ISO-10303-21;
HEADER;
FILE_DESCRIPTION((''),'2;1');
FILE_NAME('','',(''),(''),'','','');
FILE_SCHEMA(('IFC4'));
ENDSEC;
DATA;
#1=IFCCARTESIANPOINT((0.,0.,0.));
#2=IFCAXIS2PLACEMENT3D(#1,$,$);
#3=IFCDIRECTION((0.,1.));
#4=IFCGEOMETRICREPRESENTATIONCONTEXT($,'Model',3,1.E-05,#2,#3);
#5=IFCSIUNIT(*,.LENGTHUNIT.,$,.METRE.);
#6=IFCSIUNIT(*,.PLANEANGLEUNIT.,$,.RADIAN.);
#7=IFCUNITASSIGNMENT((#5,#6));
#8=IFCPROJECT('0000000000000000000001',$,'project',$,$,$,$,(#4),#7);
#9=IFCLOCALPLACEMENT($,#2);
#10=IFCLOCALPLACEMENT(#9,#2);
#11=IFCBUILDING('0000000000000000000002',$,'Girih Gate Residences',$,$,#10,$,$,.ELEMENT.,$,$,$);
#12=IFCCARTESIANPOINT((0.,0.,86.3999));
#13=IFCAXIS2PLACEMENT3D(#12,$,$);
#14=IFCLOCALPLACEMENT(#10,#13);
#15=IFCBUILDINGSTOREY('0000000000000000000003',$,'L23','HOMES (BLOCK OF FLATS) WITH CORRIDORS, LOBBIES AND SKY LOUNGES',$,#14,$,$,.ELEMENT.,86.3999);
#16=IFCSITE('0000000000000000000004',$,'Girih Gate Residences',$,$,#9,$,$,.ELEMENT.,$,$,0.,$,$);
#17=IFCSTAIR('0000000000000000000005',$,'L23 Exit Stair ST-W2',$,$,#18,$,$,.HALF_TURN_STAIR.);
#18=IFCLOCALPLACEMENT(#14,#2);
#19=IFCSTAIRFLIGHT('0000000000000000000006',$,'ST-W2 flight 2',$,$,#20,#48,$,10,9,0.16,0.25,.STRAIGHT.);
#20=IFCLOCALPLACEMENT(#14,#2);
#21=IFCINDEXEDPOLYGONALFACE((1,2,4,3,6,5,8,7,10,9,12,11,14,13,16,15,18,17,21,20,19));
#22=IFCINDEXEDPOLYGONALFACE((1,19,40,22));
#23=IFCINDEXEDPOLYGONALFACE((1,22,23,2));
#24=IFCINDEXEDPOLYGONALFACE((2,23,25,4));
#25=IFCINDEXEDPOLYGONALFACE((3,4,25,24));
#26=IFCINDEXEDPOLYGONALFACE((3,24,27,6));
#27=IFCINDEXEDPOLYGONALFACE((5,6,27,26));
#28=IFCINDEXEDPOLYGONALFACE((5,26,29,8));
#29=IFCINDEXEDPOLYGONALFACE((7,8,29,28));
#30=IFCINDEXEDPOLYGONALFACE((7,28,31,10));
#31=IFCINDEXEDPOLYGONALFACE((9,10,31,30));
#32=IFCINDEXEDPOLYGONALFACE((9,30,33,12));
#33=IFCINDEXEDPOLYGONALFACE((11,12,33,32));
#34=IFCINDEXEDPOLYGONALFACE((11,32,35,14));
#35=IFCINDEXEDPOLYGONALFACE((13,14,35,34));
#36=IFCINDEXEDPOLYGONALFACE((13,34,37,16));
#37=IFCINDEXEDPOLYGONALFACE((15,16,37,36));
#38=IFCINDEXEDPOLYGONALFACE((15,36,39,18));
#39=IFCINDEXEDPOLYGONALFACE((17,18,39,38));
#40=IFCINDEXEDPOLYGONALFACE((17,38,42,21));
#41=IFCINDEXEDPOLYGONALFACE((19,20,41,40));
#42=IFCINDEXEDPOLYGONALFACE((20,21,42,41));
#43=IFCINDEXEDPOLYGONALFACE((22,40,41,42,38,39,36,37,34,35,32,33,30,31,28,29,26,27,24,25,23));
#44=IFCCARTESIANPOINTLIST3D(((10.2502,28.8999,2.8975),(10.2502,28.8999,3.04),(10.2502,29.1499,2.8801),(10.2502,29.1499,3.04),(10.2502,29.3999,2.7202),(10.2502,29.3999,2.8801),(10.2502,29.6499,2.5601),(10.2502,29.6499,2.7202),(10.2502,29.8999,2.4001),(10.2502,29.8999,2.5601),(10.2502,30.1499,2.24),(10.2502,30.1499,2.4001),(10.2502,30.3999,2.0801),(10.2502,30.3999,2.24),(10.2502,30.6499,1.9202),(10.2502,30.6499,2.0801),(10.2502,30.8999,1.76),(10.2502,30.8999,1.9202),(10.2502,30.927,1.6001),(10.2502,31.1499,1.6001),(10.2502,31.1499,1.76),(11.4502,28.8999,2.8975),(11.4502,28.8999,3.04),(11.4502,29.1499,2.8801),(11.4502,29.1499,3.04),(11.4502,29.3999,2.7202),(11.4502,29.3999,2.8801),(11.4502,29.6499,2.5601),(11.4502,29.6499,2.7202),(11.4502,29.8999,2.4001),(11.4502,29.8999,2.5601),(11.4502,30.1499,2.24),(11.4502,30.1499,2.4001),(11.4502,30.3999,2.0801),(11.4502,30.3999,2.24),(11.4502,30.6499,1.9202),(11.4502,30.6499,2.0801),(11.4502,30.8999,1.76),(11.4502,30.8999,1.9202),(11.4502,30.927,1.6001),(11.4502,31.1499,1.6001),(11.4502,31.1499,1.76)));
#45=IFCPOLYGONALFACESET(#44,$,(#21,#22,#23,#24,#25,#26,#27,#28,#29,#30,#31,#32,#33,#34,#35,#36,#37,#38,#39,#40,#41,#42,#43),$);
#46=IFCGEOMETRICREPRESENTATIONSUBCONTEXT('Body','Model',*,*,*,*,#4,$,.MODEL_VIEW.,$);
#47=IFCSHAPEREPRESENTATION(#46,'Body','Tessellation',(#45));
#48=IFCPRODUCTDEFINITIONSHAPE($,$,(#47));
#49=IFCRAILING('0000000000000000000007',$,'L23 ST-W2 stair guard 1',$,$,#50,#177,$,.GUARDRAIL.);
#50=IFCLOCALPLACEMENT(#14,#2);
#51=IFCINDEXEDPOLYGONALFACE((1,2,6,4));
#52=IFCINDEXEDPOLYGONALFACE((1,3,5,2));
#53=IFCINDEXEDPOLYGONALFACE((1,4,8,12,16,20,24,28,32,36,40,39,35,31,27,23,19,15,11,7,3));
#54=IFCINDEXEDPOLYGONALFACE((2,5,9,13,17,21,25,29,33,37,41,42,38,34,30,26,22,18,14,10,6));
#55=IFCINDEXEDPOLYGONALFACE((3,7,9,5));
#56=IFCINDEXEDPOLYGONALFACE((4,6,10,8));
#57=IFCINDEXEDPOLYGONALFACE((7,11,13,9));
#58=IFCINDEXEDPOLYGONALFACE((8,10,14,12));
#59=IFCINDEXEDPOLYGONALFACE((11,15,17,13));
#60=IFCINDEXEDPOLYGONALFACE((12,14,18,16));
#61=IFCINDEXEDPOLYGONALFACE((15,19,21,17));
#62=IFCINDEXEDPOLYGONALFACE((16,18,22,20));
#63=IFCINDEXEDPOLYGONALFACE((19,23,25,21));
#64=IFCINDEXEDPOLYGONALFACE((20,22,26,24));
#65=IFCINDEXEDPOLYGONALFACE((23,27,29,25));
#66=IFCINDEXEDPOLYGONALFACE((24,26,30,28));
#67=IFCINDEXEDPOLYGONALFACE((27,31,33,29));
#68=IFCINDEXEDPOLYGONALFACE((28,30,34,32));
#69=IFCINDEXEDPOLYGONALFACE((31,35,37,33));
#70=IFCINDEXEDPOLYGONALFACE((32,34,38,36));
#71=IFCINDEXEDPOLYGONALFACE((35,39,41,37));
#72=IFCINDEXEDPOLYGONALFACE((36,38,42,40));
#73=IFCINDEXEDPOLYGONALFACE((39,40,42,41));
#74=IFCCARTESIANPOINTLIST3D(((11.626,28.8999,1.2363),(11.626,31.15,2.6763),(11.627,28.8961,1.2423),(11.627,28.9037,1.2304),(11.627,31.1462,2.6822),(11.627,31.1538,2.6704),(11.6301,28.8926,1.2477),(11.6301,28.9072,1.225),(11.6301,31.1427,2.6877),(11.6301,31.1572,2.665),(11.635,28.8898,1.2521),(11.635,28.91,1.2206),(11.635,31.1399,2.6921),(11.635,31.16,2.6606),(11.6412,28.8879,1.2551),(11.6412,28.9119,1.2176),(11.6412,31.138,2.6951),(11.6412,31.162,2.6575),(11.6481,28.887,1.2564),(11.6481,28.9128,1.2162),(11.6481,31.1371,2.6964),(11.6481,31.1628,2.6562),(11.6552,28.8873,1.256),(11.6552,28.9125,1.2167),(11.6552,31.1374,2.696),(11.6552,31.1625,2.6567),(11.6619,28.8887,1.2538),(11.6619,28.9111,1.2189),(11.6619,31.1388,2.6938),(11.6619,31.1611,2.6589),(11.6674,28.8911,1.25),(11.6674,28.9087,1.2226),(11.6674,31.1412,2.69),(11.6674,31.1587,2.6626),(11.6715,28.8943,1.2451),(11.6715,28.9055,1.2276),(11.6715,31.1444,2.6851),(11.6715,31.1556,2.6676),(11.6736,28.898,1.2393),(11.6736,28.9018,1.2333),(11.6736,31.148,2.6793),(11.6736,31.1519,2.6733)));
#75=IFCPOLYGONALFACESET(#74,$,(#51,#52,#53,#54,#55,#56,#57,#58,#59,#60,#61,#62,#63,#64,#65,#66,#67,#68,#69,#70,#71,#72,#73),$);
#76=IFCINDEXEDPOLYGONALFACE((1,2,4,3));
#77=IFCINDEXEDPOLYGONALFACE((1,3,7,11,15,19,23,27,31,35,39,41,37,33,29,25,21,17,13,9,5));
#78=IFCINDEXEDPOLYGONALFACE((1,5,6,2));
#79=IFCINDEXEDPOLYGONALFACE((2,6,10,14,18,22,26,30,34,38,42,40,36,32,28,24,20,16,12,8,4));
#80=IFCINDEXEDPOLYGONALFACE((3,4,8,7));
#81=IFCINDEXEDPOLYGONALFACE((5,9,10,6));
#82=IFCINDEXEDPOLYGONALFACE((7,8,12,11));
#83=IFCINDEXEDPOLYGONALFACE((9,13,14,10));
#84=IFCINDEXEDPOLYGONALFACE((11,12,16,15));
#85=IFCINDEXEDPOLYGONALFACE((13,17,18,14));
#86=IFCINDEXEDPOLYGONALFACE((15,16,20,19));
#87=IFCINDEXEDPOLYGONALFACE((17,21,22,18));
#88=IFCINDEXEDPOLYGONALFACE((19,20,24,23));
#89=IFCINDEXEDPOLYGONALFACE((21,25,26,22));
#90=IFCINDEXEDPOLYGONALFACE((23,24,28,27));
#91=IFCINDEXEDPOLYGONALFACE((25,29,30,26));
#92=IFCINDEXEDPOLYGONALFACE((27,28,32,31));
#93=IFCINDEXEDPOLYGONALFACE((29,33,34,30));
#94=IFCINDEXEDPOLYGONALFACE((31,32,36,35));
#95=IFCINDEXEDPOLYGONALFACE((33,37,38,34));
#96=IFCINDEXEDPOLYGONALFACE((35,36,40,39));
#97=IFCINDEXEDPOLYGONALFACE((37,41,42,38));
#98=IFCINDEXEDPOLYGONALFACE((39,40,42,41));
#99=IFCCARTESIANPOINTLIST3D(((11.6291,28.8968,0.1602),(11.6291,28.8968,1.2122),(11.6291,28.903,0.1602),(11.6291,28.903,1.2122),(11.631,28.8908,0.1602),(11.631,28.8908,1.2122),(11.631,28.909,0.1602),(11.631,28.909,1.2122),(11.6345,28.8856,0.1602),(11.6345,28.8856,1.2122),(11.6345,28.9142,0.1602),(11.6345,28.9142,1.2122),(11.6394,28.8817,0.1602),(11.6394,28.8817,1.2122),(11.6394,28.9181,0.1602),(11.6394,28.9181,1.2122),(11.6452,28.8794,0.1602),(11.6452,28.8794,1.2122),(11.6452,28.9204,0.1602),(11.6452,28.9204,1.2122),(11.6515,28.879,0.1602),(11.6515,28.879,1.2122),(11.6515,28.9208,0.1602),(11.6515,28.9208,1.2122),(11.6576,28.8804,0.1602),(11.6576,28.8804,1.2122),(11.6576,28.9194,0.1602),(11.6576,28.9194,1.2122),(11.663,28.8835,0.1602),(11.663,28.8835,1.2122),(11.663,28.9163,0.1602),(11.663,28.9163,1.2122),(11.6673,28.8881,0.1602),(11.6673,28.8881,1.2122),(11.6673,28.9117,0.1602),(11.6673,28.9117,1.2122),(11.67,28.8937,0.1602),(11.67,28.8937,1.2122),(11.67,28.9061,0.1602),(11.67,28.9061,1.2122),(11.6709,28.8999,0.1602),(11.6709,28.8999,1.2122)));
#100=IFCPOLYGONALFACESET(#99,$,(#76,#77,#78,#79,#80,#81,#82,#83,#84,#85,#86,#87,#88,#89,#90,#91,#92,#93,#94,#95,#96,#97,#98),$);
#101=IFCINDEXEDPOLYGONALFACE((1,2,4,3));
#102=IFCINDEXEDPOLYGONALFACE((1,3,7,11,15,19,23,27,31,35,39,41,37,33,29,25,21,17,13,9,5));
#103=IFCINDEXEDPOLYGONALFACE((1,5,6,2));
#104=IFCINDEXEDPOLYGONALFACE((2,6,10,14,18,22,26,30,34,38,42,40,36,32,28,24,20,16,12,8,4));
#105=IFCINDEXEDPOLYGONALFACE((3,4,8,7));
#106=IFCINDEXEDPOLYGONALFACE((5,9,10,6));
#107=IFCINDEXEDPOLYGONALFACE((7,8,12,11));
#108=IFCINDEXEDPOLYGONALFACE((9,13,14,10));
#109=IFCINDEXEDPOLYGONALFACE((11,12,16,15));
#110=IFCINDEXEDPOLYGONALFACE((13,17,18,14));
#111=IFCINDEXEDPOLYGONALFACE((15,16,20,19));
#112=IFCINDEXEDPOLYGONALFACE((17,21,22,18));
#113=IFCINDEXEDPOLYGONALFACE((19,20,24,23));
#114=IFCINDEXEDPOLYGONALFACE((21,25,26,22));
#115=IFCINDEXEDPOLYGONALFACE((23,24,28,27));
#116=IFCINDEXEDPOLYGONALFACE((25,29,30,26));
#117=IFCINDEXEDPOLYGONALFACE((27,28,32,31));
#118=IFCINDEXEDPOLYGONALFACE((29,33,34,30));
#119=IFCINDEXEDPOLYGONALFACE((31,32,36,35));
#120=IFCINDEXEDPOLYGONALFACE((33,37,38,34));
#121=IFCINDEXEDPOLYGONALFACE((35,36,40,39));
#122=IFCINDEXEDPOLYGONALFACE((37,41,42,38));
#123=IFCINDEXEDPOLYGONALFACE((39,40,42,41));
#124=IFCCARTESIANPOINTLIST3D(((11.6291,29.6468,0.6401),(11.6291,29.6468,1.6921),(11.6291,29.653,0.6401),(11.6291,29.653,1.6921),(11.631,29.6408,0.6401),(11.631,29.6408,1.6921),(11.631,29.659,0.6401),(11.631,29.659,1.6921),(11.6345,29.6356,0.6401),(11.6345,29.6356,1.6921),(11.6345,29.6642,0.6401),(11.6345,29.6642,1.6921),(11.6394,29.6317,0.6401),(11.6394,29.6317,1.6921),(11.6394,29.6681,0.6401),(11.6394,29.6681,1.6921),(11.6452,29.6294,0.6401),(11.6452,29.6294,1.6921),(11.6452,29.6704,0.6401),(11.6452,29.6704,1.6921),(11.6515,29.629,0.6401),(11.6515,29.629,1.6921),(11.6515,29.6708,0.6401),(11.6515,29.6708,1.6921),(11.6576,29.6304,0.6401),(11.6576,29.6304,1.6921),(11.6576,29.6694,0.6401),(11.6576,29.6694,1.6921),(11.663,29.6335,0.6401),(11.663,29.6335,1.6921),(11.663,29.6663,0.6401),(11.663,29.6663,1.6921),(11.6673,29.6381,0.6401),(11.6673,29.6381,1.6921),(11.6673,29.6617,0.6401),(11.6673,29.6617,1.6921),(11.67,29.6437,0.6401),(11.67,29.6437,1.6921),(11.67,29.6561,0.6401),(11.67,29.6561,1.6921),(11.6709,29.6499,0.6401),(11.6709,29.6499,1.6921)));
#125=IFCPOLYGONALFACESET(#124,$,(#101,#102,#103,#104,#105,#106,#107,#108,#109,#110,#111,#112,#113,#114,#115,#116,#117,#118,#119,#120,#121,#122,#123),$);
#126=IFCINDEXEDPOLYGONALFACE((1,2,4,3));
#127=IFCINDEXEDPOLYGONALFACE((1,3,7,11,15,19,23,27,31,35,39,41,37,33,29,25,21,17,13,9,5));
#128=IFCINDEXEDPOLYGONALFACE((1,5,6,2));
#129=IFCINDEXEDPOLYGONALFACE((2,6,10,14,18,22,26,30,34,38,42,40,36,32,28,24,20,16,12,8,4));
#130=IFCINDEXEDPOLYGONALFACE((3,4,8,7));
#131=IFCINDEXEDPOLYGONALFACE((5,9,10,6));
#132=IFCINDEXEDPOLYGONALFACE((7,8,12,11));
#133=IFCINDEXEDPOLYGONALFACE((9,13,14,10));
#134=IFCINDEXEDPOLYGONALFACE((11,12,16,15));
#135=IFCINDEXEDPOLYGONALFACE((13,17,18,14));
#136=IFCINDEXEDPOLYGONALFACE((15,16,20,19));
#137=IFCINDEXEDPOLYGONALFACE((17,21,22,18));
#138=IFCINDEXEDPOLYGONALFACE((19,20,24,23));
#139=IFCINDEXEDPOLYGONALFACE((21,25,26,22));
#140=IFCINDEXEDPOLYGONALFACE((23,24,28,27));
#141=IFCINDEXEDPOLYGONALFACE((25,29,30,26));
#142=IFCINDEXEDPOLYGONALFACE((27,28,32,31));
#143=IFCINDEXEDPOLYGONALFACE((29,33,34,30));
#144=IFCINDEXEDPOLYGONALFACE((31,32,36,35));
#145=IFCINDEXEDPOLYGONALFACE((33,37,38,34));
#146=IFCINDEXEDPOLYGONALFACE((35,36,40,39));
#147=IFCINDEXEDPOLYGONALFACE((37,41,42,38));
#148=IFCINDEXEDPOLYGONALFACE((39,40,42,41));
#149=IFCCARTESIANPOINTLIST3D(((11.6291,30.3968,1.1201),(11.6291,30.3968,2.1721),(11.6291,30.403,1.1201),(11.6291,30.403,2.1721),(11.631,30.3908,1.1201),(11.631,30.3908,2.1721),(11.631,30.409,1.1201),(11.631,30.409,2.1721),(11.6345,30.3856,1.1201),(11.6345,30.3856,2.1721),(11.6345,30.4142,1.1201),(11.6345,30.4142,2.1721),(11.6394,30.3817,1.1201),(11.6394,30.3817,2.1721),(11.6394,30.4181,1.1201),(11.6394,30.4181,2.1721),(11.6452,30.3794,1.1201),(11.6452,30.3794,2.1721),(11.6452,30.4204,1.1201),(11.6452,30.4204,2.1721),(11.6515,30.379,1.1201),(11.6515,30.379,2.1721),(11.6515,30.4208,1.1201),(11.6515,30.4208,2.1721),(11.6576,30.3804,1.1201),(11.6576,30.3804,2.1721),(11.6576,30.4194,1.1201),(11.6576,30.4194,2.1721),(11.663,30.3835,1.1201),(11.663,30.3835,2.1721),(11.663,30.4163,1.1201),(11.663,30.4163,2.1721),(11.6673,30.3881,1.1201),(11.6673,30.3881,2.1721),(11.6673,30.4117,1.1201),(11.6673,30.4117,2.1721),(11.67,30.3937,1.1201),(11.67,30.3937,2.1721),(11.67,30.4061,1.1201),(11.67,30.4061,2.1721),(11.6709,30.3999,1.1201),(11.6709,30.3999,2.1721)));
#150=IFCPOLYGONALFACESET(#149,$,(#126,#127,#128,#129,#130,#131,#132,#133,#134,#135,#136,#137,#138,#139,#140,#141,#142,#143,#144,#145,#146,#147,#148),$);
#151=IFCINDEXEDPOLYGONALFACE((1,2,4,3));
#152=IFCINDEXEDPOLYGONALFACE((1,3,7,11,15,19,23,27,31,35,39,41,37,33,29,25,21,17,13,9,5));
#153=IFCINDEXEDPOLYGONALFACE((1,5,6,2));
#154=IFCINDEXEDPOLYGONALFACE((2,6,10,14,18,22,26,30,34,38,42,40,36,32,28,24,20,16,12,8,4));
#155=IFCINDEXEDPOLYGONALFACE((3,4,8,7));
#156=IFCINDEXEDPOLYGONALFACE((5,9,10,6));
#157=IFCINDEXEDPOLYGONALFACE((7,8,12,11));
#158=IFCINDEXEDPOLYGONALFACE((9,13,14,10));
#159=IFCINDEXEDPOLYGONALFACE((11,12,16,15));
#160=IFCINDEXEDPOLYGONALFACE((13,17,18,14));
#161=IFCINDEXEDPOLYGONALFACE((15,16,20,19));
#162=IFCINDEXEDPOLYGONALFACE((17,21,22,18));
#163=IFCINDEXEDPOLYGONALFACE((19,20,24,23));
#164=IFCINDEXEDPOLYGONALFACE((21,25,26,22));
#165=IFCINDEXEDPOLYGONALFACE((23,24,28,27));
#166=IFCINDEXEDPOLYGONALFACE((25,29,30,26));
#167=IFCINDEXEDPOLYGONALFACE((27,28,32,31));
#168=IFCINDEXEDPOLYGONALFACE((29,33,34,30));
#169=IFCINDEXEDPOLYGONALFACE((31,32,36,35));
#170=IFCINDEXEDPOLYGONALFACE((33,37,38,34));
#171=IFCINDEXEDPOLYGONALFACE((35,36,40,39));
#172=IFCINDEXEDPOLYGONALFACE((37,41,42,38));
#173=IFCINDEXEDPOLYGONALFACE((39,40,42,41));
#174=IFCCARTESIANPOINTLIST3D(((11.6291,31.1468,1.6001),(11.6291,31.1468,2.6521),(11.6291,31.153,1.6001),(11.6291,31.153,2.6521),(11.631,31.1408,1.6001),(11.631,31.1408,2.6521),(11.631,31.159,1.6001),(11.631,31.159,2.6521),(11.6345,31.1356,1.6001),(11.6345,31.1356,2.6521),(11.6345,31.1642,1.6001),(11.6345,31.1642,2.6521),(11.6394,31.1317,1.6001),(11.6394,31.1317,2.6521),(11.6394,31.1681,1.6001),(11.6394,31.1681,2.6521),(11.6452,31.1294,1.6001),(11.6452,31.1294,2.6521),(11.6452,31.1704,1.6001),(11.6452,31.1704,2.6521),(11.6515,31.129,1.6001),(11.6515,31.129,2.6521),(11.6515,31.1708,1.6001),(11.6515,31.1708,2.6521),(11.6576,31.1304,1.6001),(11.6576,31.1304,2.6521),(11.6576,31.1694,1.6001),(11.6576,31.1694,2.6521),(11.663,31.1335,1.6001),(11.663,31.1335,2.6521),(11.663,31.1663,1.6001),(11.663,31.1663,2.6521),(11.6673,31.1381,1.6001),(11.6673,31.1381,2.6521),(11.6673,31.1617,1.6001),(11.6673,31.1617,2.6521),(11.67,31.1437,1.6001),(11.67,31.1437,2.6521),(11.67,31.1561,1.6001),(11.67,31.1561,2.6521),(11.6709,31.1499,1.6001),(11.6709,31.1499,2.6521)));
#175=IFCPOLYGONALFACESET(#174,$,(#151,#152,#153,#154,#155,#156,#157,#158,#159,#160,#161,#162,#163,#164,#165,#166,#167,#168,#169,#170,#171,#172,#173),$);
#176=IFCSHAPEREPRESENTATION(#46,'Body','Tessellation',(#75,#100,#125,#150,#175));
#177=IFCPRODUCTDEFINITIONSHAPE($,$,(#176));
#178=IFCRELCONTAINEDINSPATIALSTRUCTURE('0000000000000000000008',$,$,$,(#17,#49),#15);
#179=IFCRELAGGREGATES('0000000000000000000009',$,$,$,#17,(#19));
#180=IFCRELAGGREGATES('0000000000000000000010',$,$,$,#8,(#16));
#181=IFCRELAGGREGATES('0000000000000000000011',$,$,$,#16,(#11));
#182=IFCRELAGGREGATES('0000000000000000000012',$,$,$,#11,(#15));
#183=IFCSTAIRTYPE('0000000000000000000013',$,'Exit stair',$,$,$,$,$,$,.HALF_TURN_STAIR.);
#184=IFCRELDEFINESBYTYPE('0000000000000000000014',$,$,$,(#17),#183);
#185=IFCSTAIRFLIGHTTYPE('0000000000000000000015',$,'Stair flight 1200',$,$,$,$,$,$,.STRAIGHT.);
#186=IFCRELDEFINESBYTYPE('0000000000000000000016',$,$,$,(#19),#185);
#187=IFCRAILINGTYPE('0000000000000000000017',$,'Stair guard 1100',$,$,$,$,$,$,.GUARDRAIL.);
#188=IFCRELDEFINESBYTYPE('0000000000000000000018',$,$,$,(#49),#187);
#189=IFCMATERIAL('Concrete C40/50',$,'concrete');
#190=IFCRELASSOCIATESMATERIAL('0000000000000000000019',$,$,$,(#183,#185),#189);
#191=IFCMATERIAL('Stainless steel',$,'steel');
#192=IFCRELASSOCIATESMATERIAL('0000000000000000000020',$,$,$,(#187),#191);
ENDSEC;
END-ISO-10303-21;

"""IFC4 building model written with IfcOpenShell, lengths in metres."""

from ifc_helpers import new_model, si_unit, direction, frame, origin, origin_2d, place, context, subcontext, project, spatial, polyline, circle, outline, extrude, material, type_object, element, aggregate, save


model = new_model("IFC4")

# Units and contexts
model_context = context("Model", 3, precision=1e-05, world=origin(), true_north=direction((0.0, 1.0)))
body_context = subcontext(model_context, "Body", "Model", "MODEL_VIEW")
ifc_project = project(units=[si_unit("LENGTHUNIT", "METRE"), si_unit("PLANEANGLEUNIT", "RADIAN")], contexts=[model_context])

# Site, building, storey
site_placement = place(None, origin())
site = spatial("IfcSite", under=ifc_project, at=site_placement, Name="Girih Gate Residences", CompositionType="ELEMENT", RefElevation=0.0)
building_placement = place(site_placement, origin())
building = spatial("IfcBuilding", under=site, at=building_placement, Name="Girih Gate Residences", CompositionType="ELEMENT")
storey_placement = place(building_placement, frame((0.0, 0.0, 86.3999)))
storey = spatial("IfcBuildingStorey", under=building, at=storey_placement, Name="L23", Description="HOMES (BLOCK OF FLATS) WITH CORRIDORS, LOBBIES AND SKY LOUNGES", CompositionType="ELEMENT", Elevation=86.3999)

# Shared definitions
ifc_material_1 = material(Name="Concrete C40/50", Category="concrete")

# Stair, stair flight
stair_type = type_object("IfcStairType", Name="Exit stair", PredefinedType="HALF_TURN_STAIR", material=ifc_material_1)
stair_placement = place(storey_placement, origin())
stair = element("IfcStair", 1, at=stair_placement, inside=storey, type_object=stair_type, Name="L23 Exit Stair ST-W2", PredefinedType="HALF_TURN_STAIR")
stair_flight_type = type_object("IfcStairFlightType", Name="Stair flight 1200", PredefinedType="STRAIGHT", material=ifc_material_1)
stair_flight_1_placement = place(storey_placement, frame((10.8501, 31.1499, 1.6001), z_axis=(0.0, 0.0, 1.0), x_axis=(0.0, -1.0, 0.0)))
stair_flight_1 = element("IfcStairFlight", 2, at=stair_flight_1_placement, type_object=stair_flight_type, Name="ST-W2 flight 2", NumberOfRisers=10, NumberOfTreads=9, PredefinedType="STRAIGHT", RiserHeight=0.16, TreadLength=0.25, context=body_context, shape_type="SweptSolid", body=[
    extrude(outline(polyline([(0.0, 0.0), (0.0, 0.1599), (0.25, 0.1599), (0.25, 0.3201), (0.5, 0.3201), (0.5, 0.48), (0.75, 0.48), (0.75, 0.6399), (1.0, 0.6399), (1.0, 0.8), (1.25, 0.8), (1.25, 0.96), (1.5, 0.96), (1.5, 1.1201), (1.75, 1.1201), (1.75, 1.28), (2.0, 1.28), (2.0, 1.4399), (2.25, 1.4399), (2.25, 1.6001), (2.25, 1.2974), (0.2229, 0.0), (0.0, 0.0)])), frame((0.0, 0.6001, 0.0), z_axis=(0.0, -1.0, 0.0), x_axis=(1.0, 0.0, 0.0)), (0.0, 0.0, 1.0), 1.2),
])
aggregate(stair, [stair_flight_1])

# Railing
ifc_material_2 = material(Name="Stainless steel", Category="steel")
railing_type_1 = type_object("IfcRailingType", Name="Stair guard 1100", PredefinedType="GUARDRAIL", material=ifc_material_2)
railing_1_placement = place(storey_placement, frame((11.6499, 28.8999, 0.1602)))
element("IfcRailing", 3, at=railing_1_placement, inside=storey, type_object=railing_type_1, Name="L23 ST-W2 stair guard 1", PredefinedType="GUARDRAIL", context=body_context, shape_type="SweptSolid", body=[
    extrude(circle(Radius=0.0239, at=origin_2d()), frame((0.0, 0.0, 1.0762), z_axis=(0.0, 0.842281, 0.539038), x_axis=(-1.0, 0.0, 0.0)), (0.0, 0.0, 1.0), 2.6714),
    extrude(circle(Radius=0.021, at=origin_2d()), origin(), (0.0, 0.0, 1.0), 1.052),
    extrude(circle(Radius=0.021, at=origin_2d()), frame((0.0, 0.75, 0.48)), (0.0, 0.0, 1.0), 1.052),
    extrude(circle(Radius=0.021, at=origin_2d()), frame((0.0, 1.5, 0.96)), (0.0, 0.0, 1.0), 1.052),
    extrude(circle(Radius=0.021, at=origin_2d()), frame((0.0, 2.25, 1.4399)), (0.0, 0.0, 1.0), 1.052),
])

save(model, "model.ifc")
